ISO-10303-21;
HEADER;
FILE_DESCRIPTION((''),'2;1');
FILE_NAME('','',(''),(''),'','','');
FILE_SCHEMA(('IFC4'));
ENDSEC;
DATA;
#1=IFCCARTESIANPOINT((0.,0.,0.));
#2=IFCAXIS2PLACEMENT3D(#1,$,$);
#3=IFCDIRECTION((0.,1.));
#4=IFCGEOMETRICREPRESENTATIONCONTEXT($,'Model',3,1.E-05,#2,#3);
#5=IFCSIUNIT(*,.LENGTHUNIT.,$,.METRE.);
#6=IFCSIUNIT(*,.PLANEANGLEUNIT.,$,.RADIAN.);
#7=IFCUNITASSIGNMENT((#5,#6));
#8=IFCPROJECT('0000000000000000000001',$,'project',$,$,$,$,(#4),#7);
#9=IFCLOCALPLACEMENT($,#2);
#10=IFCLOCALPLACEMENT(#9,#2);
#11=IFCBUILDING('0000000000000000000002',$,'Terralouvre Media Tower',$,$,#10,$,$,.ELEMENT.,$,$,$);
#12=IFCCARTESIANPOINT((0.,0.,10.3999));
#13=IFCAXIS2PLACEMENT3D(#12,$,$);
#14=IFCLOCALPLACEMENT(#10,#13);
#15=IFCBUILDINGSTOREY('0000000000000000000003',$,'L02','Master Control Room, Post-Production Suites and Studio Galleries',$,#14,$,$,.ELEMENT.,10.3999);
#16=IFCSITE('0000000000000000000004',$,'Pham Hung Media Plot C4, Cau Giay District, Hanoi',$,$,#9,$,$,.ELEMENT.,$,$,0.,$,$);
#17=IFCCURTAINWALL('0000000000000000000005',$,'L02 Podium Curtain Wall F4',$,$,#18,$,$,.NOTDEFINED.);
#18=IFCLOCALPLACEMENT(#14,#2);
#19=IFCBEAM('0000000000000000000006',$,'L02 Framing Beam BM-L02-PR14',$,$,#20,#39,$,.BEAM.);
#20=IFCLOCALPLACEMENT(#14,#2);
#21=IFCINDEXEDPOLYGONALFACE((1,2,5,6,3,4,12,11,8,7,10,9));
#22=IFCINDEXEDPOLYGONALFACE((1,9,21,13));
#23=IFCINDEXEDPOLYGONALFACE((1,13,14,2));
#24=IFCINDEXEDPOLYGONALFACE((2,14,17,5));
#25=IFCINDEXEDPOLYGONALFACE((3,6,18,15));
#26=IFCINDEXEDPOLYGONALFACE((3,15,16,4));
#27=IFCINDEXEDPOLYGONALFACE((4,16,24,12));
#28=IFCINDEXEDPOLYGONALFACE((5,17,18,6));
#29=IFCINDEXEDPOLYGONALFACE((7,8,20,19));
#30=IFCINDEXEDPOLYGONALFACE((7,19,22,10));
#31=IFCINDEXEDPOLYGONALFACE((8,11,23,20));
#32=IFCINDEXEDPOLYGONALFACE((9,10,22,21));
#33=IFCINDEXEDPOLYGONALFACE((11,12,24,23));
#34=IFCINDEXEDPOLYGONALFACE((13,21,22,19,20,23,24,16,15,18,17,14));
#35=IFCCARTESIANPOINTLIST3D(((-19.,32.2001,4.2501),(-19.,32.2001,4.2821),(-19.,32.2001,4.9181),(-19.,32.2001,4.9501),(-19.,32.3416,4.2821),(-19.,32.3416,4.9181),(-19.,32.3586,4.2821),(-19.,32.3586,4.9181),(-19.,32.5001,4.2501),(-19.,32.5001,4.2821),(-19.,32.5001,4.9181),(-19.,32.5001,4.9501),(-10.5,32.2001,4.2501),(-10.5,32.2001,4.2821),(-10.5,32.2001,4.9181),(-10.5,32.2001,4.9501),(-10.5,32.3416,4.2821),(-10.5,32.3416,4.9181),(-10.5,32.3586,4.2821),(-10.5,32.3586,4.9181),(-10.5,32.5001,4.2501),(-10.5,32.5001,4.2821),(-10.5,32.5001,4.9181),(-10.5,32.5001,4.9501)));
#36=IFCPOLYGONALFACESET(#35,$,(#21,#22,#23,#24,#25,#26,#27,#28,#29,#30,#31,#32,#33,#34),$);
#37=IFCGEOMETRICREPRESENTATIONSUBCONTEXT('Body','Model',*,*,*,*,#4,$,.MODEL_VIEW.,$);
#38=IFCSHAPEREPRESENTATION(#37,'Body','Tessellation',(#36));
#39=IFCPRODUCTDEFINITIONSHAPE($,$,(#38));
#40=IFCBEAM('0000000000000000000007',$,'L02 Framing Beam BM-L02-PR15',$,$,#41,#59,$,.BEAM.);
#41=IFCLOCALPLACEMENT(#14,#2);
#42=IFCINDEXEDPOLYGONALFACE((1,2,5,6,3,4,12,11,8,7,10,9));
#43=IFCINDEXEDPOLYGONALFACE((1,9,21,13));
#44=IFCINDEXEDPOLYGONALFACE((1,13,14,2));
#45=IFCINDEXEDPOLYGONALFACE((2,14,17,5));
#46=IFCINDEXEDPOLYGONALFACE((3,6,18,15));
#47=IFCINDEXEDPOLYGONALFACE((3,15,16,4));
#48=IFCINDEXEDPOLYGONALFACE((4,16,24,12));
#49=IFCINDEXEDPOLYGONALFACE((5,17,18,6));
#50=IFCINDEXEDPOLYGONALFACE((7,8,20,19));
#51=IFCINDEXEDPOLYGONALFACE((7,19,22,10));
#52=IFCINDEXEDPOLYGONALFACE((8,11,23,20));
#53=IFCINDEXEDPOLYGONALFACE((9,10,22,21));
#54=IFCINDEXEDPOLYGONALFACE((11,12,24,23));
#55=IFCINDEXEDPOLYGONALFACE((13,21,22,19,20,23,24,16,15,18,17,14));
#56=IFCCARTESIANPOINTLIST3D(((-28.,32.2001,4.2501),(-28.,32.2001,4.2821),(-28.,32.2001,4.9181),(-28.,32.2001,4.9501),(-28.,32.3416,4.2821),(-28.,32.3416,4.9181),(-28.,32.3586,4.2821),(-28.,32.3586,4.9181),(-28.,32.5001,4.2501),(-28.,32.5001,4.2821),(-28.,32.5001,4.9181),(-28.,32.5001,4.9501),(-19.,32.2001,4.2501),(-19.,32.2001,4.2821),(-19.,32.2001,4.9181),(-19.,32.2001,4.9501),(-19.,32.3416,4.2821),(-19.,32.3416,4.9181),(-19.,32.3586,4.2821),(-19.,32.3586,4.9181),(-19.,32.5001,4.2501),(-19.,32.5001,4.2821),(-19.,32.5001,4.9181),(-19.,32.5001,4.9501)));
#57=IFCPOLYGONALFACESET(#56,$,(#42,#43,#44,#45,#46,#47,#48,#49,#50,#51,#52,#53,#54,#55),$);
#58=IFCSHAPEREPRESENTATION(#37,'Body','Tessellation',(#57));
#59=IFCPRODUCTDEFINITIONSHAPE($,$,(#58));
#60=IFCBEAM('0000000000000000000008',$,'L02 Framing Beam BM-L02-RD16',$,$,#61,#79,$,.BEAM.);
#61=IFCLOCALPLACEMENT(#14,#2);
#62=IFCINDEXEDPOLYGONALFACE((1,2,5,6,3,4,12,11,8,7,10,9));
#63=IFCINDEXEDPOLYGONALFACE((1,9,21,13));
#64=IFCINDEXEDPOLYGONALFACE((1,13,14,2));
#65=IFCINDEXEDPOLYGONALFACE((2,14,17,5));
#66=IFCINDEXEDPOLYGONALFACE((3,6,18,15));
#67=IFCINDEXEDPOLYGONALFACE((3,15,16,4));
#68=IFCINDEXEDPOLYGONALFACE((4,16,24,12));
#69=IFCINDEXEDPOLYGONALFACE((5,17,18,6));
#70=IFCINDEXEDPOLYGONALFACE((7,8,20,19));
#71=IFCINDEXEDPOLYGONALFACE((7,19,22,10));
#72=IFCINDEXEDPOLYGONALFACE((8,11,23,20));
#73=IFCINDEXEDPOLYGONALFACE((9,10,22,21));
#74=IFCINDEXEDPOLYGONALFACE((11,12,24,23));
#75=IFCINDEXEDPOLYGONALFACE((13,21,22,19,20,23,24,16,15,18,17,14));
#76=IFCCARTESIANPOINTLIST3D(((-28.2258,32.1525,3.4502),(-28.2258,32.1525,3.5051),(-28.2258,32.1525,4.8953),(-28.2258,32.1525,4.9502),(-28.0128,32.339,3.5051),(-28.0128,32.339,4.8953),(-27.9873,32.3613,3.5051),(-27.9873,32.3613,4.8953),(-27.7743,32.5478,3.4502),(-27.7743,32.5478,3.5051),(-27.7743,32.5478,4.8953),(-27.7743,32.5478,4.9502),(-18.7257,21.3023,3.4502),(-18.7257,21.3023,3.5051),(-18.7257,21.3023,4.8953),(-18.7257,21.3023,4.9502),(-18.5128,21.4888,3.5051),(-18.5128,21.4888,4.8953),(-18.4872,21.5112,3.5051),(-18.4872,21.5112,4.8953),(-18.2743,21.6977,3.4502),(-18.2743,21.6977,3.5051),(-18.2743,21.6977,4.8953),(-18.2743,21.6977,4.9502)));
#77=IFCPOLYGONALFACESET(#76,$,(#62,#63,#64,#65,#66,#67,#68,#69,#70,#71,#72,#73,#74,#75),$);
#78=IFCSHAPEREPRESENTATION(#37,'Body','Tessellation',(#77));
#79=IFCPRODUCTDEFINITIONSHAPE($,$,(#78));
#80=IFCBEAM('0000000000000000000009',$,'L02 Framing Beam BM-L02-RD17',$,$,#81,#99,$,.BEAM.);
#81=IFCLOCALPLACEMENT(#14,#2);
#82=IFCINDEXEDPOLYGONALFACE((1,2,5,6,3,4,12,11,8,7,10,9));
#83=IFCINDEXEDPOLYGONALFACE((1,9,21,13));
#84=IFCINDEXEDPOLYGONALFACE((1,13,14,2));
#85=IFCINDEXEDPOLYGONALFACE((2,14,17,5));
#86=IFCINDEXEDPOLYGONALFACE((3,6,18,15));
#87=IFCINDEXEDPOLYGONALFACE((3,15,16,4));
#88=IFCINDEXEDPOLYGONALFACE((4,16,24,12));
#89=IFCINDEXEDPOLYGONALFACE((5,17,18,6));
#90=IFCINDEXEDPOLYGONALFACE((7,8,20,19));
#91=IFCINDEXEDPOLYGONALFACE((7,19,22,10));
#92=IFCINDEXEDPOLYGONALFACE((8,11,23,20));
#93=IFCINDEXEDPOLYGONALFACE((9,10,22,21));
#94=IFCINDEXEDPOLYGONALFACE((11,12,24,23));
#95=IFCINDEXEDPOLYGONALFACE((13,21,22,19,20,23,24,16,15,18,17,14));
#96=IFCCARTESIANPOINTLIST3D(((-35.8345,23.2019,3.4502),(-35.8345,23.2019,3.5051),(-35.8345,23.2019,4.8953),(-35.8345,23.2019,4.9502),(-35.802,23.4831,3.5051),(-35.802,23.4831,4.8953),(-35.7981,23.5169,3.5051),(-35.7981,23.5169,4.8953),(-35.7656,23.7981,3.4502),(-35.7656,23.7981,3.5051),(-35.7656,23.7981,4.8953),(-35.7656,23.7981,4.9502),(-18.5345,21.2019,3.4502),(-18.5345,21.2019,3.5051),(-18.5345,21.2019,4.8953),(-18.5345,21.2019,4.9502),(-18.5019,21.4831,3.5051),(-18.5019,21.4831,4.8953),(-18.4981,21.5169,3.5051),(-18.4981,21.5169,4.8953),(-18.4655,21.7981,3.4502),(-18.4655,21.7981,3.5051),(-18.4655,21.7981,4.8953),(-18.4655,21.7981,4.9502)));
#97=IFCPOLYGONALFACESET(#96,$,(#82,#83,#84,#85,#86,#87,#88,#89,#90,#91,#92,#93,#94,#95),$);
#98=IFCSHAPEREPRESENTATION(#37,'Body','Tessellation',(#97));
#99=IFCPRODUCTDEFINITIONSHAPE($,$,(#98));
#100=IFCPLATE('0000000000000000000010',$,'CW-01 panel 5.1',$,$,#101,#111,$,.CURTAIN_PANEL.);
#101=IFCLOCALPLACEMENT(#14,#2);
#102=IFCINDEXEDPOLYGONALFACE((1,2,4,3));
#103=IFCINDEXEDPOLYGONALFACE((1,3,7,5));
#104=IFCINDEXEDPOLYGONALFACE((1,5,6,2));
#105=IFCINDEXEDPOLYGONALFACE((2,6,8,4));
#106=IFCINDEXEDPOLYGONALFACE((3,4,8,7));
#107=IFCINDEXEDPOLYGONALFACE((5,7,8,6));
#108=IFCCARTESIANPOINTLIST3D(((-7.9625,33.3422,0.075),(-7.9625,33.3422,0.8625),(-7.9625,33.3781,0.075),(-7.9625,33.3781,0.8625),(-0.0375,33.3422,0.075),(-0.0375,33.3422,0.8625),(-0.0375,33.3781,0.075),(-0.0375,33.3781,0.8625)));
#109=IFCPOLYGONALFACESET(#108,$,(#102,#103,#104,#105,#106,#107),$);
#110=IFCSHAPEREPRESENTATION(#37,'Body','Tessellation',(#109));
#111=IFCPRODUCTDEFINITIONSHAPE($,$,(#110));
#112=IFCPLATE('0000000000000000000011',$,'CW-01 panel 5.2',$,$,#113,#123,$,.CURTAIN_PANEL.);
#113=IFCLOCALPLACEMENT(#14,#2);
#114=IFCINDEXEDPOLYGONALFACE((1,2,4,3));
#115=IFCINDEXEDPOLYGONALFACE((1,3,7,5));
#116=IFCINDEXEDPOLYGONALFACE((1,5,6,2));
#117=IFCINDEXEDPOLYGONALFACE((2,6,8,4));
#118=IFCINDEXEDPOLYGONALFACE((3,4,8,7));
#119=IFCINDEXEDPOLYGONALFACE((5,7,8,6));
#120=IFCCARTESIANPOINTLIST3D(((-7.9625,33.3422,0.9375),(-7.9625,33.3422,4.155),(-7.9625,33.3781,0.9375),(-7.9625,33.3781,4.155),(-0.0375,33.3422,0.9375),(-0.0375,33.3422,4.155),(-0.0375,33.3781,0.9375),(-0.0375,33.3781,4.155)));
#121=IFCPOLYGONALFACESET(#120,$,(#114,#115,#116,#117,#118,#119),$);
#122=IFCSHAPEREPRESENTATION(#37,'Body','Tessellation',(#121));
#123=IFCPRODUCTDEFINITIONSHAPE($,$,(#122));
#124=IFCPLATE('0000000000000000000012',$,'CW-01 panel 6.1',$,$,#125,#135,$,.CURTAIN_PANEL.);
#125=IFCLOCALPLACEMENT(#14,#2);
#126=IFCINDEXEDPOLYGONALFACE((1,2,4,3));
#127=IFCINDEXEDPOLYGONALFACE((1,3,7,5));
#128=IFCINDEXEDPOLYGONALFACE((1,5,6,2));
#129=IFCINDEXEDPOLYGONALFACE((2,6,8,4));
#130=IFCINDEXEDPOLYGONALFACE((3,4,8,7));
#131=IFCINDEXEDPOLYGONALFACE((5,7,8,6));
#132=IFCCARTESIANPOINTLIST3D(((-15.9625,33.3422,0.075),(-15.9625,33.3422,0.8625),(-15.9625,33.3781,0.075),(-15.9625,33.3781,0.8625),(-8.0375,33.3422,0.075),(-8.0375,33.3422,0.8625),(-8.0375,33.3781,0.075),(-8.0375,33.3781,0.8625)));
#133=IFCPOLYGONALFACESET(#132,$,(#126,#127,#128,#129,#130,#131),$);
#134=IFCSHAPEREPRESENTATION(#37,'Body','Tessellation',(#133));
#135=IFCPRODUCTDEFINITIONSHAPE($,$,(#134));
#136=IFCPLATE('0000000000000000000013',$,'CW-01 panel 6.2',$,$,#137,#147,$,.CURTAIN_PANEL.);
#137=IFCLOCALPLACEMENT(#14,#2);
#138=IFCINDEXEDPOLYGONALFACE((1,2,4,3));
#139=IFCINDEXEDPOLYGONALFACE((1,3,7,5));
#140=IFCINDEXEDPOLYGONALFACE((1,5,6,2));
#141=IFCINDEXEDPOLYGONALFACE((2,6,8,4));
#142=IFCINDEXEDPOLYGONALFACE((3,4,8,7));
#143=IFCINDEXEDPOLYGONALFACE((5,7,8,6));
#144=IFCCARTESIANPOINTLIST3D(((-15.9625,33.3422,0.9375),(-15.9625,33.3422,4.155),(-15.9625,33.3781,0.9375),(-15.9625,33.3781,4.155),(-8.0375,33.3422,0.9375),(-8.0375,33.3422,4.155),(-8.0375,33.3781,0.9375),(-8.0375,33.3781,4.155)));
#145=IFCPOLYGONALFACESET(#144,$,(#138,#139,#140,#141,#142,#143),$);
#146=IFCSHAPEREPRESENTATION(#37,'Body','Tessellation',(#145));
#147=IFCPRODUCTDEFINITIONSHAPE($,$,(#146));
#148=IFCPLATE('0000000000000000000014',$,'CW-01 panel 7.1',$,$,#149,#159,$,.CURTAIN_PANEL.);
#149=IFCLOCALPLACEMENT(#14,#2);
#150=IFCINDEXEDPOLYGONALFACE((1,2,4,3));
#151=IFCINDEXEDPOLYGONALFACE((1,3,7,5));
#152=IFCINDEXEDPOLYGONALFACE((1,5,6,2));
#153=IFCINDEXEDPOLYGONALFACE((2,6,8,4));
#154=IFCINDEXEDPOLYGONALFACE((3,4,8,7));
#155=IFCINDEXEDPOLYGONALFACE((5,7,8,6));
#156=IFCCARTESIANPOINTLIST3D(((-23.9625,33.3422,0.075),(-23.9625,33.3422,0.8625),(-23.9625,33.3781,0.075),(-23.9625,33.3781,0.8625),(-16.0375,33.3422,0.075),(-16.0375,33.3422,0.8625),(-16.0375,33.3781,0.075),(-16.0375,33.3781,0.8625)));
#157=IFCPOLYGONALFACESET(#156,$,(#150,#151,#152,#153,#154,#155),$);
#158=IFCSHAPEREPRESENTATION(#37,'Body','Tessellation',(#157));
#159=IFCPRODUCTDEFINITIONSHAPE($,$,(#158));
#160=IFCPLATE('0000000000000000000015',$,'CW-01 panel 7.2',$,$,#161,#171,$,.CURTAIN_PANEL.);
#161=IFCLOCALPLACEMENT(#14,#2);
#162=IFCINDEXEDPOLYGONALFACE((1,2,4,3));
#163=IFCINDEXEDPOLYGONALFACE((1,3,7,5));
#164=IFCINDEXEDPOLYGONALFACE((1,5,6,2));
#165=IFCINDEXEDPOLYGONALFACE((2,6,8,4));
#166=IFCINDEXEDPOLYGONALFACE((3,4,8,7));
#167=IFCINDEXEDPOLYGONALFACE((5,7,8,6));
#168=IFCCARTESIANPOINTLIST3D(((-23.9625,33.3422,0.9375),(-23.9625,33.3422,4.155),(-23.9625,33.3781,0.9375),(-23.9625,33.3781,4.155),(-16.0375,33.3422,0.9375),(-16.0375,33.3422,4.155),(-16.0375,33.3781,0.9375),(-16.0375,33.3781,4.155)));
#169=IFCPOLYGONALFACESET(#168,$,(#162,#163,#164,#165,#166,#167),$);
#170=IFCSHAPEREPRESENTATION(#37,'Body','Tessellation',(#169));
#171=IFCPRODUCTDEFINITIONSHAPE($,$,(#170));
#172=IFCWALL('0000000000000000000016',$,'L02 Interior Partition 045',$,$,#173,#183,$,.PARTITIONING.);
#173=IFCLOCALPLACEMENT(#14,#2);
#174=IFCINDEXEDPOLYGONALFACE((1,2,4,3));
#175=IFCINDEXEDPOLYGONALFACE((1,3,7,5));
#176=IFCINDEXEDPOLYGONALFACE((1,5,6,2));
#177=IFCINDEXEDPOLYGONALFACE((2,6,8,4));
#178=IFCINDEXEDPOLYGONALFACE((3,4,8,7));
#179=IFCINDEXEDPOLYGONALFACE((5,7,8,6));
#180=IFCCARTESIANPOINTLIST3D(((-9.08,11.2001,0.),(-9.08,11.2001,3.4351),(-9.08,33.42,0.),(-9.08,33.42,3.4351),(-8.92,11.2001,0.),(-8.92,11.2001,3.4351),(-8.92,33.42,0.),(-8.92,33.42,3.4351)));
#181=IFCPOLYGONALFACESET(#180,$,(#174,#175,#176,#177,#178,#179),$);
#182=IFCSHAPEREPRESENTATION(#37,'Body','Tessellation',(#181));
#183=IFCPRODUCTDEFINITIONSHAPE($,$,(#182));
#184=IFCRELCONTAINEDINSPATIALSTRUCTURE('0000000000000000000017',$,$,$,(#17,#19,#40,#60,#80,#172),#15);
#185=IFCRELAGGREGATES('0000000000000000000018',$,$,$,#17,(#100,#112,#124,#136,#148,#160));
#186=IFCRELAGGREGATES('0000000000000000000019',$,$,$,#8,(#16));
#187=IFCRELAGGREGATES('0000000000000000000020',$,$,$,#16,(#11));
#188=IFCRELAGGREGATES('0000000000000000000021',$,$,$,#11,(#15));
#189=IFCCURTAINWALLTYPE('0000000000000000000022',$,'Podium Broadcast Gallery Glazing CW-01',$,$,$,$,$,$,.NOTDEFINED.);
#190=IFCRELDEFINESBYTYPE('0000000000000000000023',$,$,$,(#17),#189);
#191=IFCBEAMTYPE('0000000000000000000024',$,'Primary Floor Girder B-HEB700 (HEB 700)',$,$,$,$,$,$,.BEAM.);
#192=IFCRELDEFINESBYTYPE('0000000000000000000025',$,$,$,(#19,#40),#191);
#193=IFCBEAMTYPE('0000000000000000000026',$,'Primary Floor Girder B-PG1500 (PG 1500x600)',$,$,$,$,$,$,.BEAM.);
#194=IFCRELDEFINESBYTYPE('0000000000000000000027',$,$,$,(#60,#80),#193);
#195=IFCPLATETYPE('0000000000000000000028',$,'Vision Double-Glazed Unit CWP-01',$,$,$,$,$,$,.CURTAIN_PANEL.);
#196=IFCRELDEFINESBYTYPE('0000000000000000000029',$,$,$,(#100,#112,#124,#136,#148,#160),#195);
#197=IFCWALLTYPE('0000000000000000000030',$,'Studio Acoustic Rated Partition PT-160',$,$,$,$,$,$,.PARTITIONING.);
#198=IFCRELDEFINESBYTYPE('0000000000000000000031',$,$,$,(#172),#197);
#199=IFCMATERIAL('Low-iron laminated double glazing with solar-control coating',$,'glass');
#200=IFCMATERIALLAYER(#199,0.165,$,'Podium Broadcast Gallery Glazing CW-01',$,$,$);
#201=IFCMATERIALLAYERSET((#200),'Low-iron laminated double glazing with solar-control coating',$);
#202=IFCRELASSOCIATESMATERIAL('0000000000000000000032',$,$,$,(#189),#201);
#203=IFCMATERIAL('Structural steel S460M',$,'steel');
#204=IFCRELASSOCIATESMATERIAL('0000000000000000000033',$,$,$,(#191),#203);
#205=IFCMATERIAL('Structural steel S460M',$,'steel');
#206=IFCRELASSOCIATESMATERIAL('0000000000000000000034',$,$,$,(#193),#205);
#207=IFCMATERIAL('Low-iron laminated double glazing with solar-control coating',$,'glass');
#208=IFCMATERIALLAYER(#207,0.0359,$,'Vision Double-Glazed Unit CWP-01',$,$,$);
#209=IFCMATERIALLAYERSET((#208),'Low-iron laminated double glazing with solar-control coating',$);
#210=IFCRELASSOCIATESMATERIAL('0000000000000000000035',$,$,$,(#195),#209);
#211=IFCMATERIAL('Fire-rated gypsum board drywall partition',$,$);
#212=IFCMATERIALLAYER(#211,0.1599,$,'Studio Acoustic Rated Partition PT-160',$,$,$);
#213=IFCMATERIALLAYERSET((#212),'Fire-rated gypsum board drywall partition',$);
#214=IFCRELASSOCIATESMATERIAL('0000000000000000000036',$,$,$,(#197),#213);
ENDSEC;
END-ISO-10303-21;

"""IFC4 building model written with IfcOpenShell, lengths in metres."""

from ifc_helpers import new_model, si_unit, direction, frame, frame_2d, origin, origin_2d, place, context, subcontext, project, spatial, rectangle, i_section, extrude, material, layer, layer_set, material_profile, profile_set, type_object, element, aggregate, save


model = new_model("IFC4")

# Units and contexts
model_context = context("Model", 3, precision=1e-05, world=origin(), true_north=direction((0.0, 1.0)))
body_context = subcontext(model_context, "Body", "Model", "MODEL_VIEW")
ifc_project = project(units=[si_unit("LENGTHUNIT", "METRE"), si_unit("PLANEANGLEUNIT", "RADIAN")], contexts=[model_context])

# Site, building, storey
site_placement = place(None, origin())
site = spatial("IfcSite", under=ifc_project, at=site_placement, Name="Pham Hung Media Plot C4, Cau Giay District, Hanoi", CompositionType="ELEMENT", RefElevation=0.0)
building_placement = place(site_placement, origin())
building = spatial("IfcBuilding", under=site, at=building_placement, Name="Terralouvre Media Tower", CompositionType="ELEMENT")
storey_placement = place(building_placement, frame((0.0, 0.0, 10.3999)))
storey = spatial("IfcBuildingStorey", under=building, at=storey_placement, Name="L02", Description="Master Control Room, Post-Production Suites and Studio Galleries", CompositionType="ELEMENT", Elevation=10.3999)

# Curtain wall
ifc_material_1 = material(Name="Low-iron laminated double glazing with solar-control coating", Category="glass")
ifc_layer_1 = layer(ifc_material_1, 0.165, Name="Podium Broadcast Gallery Glazing CW-01")
ifc_layer_set_1 = layer_set([ifc_layer_1], Name="Low-iron laminated double glazing with solar-control coating")
curtain_wall_type = type_object("IfcCurtainWallType", Name="Podium Broadcast Gallery Glazing CW-01", PredefinedType="NOTDEFINED", material=ifc_layer_set_1)
curtain_wall_placement = place(storey_placement, origin())
curtain_wall = element("IfcCurtainWall", 1, at=curtain_wall_placement, inside=storey, type_object=curtain_wall_type, Name="L02 Podium Curtain Wall F4", PredefinedType="NOTDEFINED")

# Beams
ifc_material_2 = material(Name="Structural steel S460M", Category="steel")
ifc_material_profile_1 = material_profile(ifc_material_2, i_section(OverallWidth=0.3, OverallDepth=0.7, WebThickness=0.0171, FlangeThickness=0.032, at=origin_2d()), Name="HEB 700")
ifc_profile_set_1 = profile_set([ifc_material_profile_1], Name="Structural steel S460M")
beam_type_1 = type_object("IfcBeamType", Name="Primary Floor Girder B-HEB700 (HEB 700)", PredefinedType="BEAM", material=ifc_profile_set_1)
beam_1_placement = place(storey_placement, frame((-10.5, 32.3501, 4.6001), z_axis=(-1.0, 0.0, 0.0), x_axis=(0.0, -1.0, 0.0)))
element("IfcBeam", 2, at=beam_1_placement, inside=storey, type_object=beam_type_1, Name="L02 Framing Beam BM-L02-PR14", PredefinedType="BEAM", context=body_context, shape_type="SweptSolid", body=[
    extrude(i_section(OverallWidth=0.3, OverallDepth=0.7, WebThickness=0.0171, FlangeThickness=0.032, at=origin_2d()), origin(), (0.0, 0.0, 1.0), 8.5),
])
beam_2_placement = place(storey_placement, frame((-19.0, 32.3501, 4.6001), z_axis=(-1.0, 0.0, 0.0), x_axis=(0.0, -1.0, 0.0)))
element("IfcBeam", 3, at=beam_2_placement, inside=storey, type_object=beam_type_1, Name="L02 Framing Beam BM-L02-PR15", PredefinedType="BEAM", context=body_context, shape_type="SweptSolid", body=[
    extrude(i_section(OverallWidth=0.3, OverallDepth=0.7, WebThickness=0.0171, FlangeThickness=0.032, at=origin_2d()), origin(), (0.0, 0.0, 1.0), 9.0),
])
ifc_material_3 = material(Name="Structural steel S460M", Category="steel")
ifc_material_profile_2 = material_profile(ifc_material_3, i_section(OverallWidth=0.6001, OverallDepth=1.5, WebThickness=0.0339, FlangeThickness=0.0549, at=origin_2d()), Name="PG 1500x600")
ifc_profile_set_2 = profile_set([ifc_material_profile_2], Name="Structural steel S460M")
beam_type_2 = type_object("IfcBeamType", Name="Primary Floor Girder B-PG1500 (PG 1500x600)", PredefinedType="BEAM", material=ifc_profile_set_2)
beam_3_placement = place(storey_placement, frame((-18.5, 21.5, 4.2002), z_axis=(-0.658747, 0.752365, 0.0), x_axis=(-0.752365, -0.658747, 0.0)))
element("IfcBeam", 4, at=beam_3_placement, inside=storey, type_object=beam_type_2, Name="L02 Framing Beam BM-L02-RD16", PredefinedType="BEAM", context=body_context, shape_type="SweptSolid", body=[
    extrude(i_section(OverallWidth=0.6001, OverallDepth=1.5, WebThickness=0.0339, FlangeThickness=0.0549, at=origin_2d()), origin(), (0.0, 0.0, 1.0), 14.4214),
])
beam_4_placement = place(storey_placement, frame((-18.5, 21.5, 4.2002), z_axis=(-0.993384, 0.114842, 0.0), x_axis=(-0.114842, -0.993384, 0.0)))
element("IfcBeam", 5, at=beam_4_placement, inside=storey, type_object=beam_type_2, Name="L02 Framing Beam BM-L02-RD17", PredefinedType="BEAM", context=body_context, shape_type="SweptSolid", body=[
    extrude(i_section(OverallWidth=0.6001, OverallDepth=1.5, WebThickness=0.0339, FlangeThickness=0.0549, at=origin_2d()), origin(), (0.0, 0.0, 1.0), 17.4153),
])

# Plates
ifc_material_4 = material(Name="Low-iron laminated double glazing with solar-control coating", Category="glass")
ifc_layer_2 = layer(ifc_material_4, 0.0359, Name="Vision Double-Glazed Unit CWP-01")
ifc_layer_set_2 = layer_set([ifc_layer_2], Name="Low-iron laminated double glazing with solar-control coating")
plate_type = type_object("IfcPlateType", Name="Vision Double-Glazed Unit CWP-01", PredefinedType="CURTAIN_PANEL", material=ifc_layer_set_2)
plate_1_placement = place(storey_placement, frame((-4.0, 33.3601, 0.075), z_axis=(0.0, 0.0, 1.0), x_axis=(-1.0, 0.0, 0.0)))
plate_1 = element("IfcPlate", 6, at=plate_1_placement, type_object=plate_type, Name="CW-01 panel 5.1", PredefinedType="CURTAIN_PANEL", context=body_context, shape_type="SweptSolid", body=[
    extrude(rectangle(XDim=7.925, YDim=0.0359, at=origin_2d()), origin(), (0.0, 0.0, 1.0), 0.7876),
])
plate_2_placement = place(storey_placement, frame((-4.0, 33.3601, 0.9375), z_axis=(0.0, 0.0, 1.0), x_axis=(-1.0, 0.0, 0.0)))
plate_2 = element("IfcPlate", 7, at=plate_2_placement, type_object=plate_type, Name="CW-01 panel 5.2", PredefinedType="CURTAIN_PANEL", context=body_context, shape_type="SweptSolid", body=[
    extrude(rectangle(XDim=7.925, YDim=0.0359, at=origin_2d()), origin(), (0.0, 0.0, 1.0), 3.2175),
])
plate_3_placement = place(storey_placement, frame((-12.0, 33.3601, 0.075), z_axis=(0.0, 0.0, 1.0), x_axis=(-1.0, 0.0, 0.0)))
plate_3 = element("IfcPlate", 8, at=plate_3_placement, type_object=plate_type, Name="CW-01 panel 6.1", PredefinedType="CURTAIN_PANEL", context=body_context, shape_type="SweptSolid", body=[
    extrude(rectangle(XDim=7.925, YDim=0.0359, at=origin_2d()), origin(), (0.0, 0.0, 1.0), 0.7876),
])
plate_4_placement = place(storey_placement, frame((-12.0, 33.3601, 0.9375), z_axis=(0.0, 0.0, 1.0), x_axis=(-1.0, 0.0, 0.0)))
plate_4 = element("IfcPlate", 9, at=plate_4_placement, type_object=plate_type, Name="CW-01 panel 6.2", PredefinedType="CURTAIN_PANEL", context=body_context, shape_type="SweptSolid", body=[
    extrude(rectangle(XDim=7.925, YDim=0.0359, at=origin_2d()), origin(), (0.0, 0.0, 1.0), 3.2175),
])
plate_5_placement = place(storey_placement, frame((-20.0, 33.3601, 0.075), z_axis=(0.0, 0.0, 1.0), x_axis=(-1.0, 0.0, 0.0)))
plate_5 = element("IfcPlate", 10, at=plate_5_placement, type_object=plate_type, Name="CW-01 panel 7.1", PredefinedType="CURTAIN_PANEL", context=body_context, shape_type="SweptSolid", body=[
    extrude(rectangle(XDim=7.925, YDim=0.0359, at=origin_2d()), origin(), (0.0, 0.0, 1.0), 0.7876),
])
plate_6_placement = place(storey_placement, frame((-20.0, 33.3601, 0.9375), z_axis=(0.0, 0.0, 1.0), x_axis=(-1.0, 0.0, 0.0)))
plate_6 = element("IfcPlate", 11, at=plate_6_placement, type_object=plate_type, Name="CW-01 panel 7.2", PredefinedType="CURTAIN_PANEL", context=body_context, shape_type="SweptSolid", body=[
    extrude(rectangle(XDim=7.925, YDim=0.0359, at=origin_2d()), origin(), (0.0, 0.0, 1.0), 3.2175),
])
aggregate(curtain_wall, [plate_1, plate_2, plate_3, plate_4, plate_5, plate_6])

# Wall
ifc_material_5 = material(Name="Fire-rated gypsum board drywall partition")
ifc_layer_3 = layer(ifc_material_5, 0.1599, Name="Studio Acoustic Rated Partition PT-160")
ifc_layer_set_3 = layer_set([ifc_layer_3], Name="Fire-rated gypsum board drywall partition")
wall_type = type_object("IfcWallType", Name="Studio Acoustic Rated Partition PT-160", PredefinedType="PARTITIONING", material=ifc_layer_set_3)
wall_placement = place(storey_placement, frame((-9.0, 33.4199, 0.0), z_axis=(0.0, 0.0, 1.0), x_axis=(0.0, -1.0, 0.0)))
element("IfcWall", 12, at=wall_placement, inside=storey, type_object=wall_type, Name="L02 Interior Partition 045", PredefinedType="PARTITIONING", context=body_context, shape_type="SweptSolid", body=[
    extrude(rectangle(XDim=22.22, YDim=0.1599, at=frame_2d((11.1099, 0.0))), origin(), (0.0, 0.0, 1.0), 3.4351),
])

save(model, "model.ifc")
